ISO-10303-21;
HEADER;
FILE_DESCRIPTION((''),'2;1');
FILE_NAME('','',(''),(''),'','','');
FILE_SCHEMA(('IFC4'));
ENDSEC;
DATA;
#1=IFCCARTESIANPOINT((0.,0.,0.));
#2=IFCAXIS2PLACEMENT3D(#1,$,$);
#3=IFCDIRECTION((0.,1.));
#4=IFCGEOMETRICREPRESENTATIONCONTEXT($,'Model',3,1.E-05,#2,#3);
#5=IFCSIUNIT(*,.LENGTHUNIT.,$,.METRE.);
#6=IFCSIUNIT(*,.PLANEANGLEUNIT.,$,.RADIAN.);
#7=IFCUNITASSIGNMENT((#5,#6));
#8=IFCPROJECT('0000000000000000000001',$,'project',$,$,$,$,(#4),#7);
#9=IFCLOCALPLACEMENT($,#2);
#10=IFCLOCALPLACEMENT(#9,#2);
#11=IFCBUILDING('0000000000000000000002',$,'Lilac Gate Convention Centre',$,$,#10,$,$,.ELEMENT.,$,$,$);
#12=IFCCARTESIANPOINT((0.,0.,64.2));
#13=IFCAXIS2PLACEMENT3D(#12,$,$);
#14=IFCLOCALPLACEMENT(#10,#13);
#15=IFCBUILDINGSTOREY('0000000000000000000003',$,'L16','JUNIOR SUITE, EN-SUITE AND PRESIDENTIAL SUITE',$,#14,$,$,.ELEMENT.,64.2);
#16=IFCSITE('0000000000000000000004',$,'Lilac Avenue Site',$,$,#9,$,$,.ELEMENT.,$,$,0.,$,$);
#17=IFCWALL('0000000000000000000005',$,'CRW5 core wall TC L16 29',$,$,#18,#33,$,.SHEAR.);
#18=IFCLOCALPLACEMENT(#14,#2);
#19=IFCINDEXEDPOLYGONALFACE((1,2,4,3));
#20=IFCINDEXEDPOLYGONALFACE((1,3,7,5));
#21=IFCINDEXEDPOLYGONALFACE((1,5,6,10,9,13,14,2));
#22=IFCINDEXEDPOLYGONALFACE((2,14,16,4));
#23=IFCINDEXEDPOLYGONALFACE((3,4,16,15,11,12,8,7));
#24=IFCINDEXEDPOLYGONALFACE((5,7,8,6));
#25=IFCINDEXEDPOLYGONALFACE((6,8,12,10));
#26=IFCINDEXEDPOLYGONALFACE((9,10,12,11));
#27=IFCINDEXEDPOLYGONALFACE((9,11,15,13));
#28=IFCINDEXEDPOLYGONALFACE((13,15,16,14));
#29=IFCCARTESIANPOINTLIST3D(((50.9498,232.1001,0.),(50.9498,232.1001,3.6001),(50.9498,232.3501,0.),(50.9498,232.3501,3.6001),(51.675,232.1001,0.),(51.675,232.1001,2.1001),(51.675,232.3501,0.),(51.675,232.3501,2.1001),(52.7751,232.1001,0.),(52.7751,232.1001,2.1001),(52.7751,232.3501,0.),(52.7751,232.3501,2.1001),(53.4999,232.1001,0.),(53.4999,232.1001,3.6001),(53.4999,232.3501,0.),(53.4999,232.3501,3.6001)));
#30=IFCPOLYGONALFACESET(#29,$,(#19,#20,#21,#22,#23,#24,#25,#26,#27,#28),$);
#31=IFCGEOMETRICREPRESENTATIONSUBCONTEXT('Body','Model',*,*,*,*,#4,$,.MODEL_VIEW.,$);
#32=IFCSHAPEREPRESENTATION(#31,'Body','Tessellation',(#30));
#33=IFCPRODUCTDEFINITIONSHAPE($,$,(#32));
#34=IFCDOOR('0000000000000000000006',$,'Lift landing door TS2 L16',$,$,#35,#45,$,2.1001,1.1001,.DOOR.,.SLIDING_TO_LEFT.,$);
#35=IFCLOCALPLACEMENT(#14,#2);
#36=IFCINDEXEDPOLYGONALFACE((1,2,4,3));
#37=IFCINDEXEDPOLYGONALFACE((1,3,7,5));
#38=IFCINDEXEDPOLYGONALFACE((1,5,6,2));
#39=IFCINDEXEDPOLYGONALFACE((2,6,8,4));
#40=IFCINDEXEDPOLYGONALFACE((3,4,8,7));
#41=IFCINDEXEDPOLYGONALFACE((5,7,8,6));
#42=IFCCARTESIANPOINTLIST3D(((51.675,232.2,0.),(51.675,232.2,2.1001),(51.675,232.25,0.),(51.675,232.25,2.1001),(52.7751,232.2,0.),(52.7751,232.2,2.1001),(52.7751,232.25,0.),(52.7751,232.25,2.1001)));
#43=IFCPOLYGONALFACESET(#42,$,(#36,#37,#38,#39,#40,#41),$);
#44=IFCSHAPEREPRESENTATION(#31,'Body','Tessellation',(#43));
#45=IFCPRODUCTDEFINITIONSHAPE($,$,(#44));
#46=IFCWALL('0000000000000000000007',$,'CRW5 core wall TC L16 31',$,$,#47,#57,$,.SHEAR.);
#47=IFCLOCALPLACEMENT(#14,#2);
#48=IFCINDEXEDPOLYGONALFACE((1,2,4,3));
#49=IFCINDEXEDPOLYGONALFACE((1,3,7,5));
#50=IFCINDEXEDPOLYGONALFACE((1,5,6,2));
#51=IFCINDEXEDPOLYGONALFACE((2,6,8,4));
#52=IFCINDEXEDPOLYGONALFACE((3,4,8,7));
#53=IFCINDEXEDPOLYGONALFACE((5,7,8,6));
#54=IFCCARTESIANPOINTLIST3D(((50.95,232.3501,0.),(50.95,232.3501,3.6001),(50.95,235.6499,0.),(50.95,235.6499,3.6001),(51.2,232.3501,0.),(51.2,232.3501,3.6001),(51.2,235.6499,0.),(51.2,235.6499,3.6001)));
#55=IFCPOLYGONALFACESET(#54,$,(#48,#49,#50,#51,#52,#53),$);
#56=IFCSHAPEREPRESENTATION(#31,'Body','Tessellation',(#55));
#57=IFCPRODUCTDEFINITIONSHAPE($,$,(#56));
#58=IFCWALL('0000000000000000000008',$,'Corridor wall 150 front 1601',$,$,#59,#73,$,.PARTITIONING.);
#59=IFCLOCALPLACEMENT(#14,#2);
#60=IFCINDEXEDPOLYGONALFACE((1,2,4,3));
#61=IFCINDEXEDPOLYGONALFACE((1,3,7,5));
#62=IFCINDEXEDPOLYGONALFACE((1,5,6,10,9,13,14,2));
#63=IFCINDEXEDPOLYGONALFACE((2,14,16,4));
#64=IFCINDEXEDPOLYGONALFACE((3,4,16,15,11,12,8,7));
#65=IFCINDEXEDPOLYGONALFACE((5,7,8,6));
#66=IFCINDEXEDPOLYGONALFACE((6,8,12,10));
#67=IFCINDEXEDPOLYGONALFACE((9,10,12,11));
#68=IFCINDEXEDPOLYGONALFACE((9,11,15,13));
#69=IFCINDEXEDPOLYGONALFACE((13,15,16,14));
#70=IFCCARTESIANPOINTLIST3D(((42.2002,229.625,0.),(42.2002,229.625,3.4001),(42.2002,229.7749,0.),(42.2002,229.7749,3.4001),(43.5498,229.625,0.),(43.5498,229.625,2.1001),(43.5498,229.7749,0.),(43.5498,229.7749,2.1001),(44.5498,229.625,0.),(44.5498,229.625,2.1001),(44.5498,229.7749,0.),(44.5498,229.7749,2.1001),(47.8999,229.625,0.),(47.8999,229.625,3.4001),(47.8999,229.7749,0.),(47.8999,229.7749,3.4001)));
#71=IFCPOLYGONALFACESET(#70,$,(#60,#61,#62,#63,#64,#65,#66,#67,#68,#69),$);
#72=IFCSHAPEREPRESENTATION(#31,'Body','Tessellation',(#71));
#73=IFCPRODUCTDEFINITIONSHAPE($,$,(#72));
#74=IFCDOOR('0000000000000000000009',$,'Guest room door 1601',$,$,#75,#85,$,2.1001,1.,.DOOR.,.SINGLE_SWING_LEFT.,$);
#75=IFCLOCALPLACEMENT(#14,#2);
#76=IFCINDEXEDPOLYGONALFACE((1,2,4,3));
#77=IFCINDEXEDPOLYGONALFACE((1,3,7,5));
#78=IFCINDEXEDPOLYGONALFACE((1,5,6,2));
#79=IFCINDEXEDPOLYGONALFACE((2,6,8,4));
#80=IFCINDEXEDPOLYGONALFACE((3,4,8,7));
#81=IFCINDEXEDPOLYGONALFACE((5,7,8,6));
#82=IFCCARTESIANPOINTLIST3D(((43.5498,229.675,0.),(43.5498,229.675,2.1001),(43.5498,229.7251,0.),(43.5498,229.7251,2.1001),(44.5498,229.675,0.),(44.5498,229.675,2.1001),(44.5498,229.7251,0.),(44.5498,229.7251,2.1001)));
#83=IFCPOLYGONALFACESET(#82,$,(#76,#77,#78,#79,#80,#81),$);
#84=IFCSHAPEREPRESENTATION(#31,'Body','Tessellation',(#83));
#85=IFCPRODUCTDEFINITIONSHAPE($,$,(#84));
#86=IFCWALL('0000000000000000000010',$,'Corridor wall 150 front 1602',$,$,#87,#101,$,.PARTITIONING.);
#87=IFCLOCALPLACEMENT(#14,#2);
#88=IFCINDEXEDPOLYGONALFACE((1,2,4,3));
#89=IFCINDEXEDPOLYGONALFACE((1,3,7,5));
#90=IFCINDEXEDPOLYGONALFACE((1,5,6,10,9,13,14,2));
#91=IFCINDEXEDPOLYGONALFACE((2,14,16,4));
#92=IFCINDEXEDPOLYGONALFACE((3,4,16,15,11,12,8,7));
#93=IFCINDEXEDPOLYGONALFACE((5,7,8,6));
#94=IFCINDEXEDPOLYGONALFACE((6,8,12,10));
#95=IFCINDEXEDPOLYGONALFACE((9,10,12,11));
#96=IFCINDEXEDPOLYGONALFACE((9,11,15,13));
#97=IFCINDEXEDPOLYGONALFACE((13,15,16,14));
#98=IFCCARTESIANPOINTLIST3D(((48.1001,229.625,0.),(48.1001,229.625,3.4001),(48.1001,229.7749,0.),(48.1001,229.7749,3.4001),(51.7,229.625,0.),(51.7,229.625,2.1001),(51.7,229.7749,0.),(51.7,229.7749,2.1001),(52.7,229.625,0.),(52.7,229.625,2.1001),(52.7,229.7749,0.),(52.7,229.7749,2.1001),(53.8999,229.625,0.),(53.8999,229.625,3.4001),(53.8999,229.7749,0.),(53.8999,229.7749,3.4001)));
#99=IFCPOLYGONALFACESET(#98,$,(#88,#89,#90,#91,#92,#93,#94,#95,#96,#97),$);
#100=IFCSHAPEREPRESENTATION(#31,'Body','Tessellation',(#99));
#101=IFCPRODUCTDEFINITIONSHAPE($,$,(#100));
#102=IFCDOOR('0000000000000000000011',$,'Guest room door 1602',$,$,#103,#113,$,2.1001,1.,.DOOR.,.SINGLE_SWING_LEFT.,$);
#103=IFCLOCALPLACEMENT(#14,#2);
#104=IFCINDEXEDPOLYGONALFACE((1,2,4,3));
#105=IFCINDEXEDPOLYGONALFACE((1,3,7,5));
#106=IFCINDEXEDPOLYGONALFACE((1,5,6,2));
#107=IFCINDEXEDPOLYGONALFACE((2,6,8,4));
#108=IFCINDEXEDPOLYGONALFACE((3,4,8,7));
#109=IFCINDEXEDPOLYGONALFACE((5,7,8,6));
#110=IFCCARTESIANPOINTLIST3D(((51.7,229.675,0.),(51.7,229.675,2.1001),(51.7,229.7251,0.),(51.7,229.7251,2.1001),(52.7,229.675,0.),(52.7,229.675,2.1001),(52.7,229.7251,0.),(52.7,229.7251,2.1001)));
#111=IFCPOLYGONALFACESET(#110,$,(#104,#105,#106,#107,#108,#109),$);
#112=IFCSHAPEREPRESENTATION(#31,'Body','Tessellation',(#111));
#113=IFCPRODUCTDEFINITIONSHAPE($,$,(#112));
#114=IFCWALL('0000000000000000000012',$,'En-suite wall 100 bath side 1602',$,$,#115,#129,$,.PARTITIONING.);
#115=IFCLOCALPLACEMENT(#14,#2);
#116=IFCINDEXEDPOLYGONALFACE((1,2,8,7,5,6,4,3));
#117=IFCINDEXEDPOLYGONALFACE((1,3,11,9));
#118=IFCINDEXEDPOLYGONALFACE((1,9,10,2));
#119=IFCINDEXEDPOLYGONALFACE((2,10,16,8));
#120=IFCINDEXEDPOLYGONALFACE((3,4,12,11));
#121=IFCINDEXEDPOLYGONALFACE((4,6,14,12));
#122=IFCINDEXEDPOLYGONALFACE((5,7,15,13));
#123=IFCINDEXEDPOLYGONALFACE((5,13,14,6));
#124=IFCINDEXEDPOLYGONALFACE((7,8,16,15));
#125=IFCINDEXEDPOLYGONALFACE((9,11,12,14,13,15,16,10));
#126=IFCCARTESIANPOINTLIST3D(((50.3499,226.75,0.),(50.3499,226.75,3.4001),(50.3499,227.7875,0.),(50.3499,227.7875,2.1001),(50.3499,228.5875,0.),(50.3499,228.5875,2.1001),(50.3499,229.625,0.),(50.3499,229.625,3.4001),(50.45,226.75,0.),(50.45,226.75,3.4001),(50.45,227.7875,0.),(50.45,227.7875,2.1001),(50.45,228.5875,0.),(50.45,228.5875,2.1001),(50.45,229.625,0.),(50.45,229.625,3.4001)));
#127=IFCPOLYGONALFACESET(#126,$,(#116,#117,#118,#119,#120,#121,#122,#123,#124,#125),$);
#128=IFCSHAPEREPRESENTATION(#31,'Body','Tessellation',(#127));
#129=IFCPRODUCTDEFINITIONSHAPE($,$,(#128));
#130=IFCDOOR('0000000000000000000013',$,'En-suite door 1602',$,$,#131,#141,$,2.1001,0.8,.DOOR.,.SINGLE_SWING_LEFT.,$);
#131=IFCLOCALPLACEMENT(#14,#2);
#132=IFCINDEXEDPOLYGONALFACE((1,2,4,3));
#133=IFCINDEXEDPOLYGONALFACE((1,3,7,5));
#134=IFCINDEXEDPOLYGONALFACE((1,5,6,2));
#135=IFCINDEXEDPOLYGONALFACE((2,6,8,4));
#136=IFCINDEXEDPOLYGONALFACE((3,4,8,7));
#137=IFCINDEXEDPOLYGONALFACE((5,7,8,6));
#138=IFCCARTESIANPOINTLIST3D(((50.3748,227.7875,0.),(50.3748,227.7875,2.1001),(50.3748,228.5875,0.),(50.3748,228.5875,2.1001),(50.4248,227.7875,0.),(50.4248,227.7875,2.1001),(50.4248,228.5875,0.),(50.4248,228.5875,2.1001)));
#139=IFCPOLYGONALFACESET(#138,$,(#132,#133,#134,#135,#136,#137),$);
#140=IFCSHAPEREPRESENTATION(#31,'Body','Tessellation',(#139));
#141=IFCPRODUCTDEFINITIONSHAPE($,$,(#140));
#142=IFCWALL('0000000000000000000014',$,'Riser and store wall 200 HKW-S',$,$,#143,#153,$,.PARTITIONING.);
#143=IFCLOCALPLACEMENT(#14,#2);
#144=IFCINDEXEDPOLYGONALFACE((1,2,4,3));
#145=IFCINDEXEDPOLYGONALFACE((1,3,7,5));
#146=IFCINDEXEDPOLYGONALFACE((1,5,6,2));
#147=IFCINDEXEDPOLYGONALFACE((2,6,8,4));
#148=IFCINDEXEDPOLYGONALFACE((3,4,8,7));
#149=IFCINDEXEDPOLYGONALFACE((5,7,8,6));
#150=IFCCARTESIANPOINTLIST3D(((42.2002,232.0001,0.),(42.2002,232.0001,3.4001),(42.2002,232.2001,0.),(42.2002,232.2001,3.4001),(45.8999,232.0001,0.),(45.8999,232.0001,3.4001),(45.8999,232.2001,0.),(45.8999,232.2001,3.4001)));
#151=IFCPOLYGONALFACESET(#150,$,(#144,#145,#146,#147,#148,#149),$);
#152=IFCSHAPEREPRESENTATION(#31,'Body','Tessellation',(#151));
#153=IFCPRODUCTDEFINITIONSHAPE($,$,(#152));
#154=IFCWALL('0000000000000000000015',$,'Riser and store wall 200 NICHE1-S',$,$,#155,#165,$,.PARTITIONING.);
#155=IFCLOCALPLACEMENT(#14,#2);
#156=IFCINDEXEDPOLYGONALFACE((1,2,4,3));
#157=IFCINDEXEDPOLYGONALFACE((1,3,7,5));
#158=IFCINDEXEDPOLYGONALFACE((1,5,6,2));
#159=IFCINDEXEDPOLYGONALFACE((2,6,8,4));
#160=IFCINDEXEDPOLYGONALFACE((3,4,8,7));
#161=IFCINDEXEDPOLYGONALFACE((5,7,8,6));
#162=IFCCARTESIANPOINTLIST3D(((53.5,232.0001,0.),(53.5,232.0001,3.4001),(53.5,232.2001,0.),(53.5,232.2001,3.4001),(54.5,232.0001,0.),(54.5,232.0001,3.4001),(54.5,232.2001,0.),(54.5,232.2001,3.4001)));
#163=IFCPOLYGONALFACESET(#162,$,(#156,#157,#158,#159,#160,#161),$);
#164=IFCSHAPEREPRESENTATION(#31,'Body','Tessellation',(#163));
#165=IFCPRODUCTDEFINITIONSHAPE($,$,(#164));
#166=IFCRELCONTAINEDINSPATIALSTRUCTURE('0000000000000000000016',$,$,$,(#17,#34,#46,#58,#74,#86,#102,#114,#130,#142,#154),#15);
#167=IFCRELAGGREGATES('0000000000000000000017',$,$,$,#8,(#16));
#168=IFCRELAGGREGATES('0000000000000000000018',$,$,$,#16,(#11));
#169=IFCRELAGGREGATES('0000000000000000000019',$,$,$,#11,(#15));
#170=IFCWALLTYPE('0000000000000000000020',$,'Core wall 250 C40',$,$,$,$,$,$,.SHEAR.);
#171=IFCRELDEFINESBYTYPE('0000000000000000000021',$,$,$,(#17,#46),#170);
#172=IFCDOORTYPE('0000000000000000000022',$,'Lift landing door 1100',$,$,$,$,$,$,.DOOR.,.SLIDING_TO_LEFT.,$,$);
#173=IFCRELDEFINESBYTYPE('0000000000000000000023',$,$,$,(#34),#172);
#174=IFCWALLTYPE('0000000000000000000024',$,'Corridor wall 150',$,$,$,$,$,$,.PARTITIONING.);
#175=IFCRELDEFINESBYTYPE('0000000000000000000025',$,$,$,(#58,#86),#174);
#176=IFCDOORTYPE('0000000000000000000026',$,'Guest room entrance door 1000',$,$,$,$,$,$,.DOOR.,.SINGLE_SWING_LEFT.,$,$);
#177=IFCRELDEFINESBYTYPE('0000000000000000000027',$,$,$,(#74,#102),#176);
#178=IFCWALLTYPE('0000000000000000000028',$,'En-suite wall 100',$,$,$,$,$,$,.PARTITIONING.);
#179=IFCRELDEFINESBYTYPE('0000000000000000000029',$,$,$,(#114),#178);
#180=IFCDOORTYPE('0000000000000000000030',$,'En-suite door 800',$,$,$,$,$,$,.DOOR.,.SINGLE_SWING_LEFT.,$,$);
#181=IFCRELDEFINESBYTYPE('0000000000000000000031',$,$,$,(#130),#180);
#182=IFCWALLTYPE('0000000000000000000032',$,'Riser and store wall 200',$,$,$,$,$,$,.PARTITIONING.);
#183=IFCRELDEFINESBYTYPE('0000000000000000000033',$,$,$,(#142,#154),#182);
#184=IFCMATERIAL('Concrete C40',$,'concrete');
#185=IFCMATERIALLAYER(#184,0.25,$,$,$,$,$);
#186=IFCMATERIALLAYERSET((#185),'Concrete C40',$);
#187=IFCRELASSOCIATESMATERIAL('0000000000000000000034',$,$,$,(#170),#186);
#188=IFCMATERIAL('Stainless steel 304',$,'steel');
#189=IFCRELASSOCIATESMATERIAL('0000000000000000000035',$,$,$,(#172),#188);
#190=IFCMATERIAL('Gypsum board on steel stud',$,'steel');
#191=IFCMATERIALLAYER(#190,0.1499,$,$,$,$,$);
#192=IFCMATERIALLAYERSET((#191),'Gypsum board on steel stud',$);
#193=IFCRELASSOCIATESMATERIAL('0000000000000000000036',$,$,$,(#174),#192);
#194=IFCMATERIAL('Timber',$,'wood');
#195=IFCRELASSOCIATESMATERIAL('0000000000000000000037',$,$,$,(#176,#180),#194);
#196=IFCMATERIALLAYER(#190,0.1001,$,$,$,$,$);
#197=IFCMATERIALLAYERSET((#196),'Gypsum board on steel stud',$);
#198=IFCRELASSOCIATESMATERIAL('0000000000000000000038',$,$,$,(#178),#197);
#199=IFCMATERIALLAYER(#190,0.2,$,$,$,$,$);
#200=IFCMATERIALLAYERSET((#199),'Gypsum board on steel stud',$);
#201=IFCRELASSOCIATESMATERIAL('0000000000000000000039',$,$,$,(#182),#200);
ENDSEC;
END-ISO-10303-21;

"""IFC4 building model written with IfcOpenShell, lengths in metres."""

from ifc_helpers import new_model, si_unit, direction, frame, frame_2d, origin, place, context, subcontext, project, spatial, rectangle, extrude, material, layer, layer_set, type_object, element, fill, save


model = new_model("IFC4")

# Units and contexts
model_context = context("Model", 3, precision=1e-05, world=origin(), true_north=direction((0.0, 1.0)))
body_context = subcontext(model_context, "Body", "Model", "MODEL_VIEW")
ifc_project = project(units=[si_unit("LENGTHUNIT", "METRE"), si_unit("PLANEANGLEUNIT", "RADIAN")], contexts=[model_context])

# Site, building, storey
site_placement = place(None, origin())
site = spatial("IfcSite", under=ifc_project, at=site_placement, Name="Lilac Avenue Site", CompositionType="ELEMENT", RefElevation=0.0)
building_placement = place(site_placement, origin())
building = spatial("IfcBuilding", under=site, at=building_placement, Name="Lilac Gate Convention Centre", CompositionType="ELEMENT")
storey_placement = place(building_placement, frame((0.0, 0.0, 64.2)))
storey = spatial("IfcBuildingStorey", under=building, at=storey_placement, Name="L16", Description="JUNIOR SUITE, EN-SUITE AND PRESIDENTIAL SUITE", CompositionType="ELEMENT", Elevation=64.2)

# Shared definitions
ifc_material_1 = material(Name="Concrete C40", Category="concrete")
ifc_layer_1 = layer(ifc_material_1, 0.25)
ifc_layer_set_1 = layer_set([ifc_layer_1], Name="Concrete C40")
wall_type_1 = type_object("IfcWallType", Name="Core wall 250 C40", PredefinedType="SHEAR", material=ifc_layer_set_1)
ifc_material_2 = material(Name="Stainless steel 304", Category="steel")
door_type_1 = type_object("IfcDoorType", Name="Lift landing door 1100", OperationType="SLIDING_TO_LEFT", PredefinedType="DOOR", material=ifc_material_2)

# Wall, opening, door
wall_1_placement = place(storey_placement, frame((50.95, 232.2251, 0.0), z_axis=(0.0, 0.0, 1.0), x_axis=(1.0, 0.0, 0.0)))
wall_1 = element("IfcWall", 1, at=wall_1_placement, inside=storey, type_object=wall_type_1, Name="CRW5 core wall TC L16 29", PredefinedType="SHEAR", context=body_context, shape_type="SweptSolid", body=[
    extrude(rectangle(XDim=2.55, YDim=0.25, at=frame_2d((1.2749, 0.0))), origin(), (0.0, 0.0, 1.0), 3.6001),
])
opening_1_placement = place(wall_1_placement, frame((0.7251, 0.0, 0.0)))
opening_1 = element("IfcOpeningElement", 2, at=opening_1_placement, cuts=wall_1, PredefinedType="OPENING", context=body_context, shape_type="SweptSolid", body=[
    extrude(rectangle(XDim=1.1001, YDim=2.1001, at=frame_2d((0.55, 1.05))), frame((0.0, 0.135, 0.0), z_axis=(0.0, -1.0, 0.0), x_axis=(1.0, 0.0, 0.0)), (0.0, 0.0, 1.0), 0.27),
])
door_1_placement = place(opening_1_placement, origin())
door_1 = element("IfcDoor", 3, at=door_1_placement, inside=storey, type_object=door_type_1, Name="Lift landing door TS2 L16", OperationType="SLIDING_TO_LEFT", OverallHeight=2.1001, OverallWidth=1.1001, PredefinedType="DOOR", context=body_context, shape_type="SweptSolid", body=[
    extrude(rectangle(XDim=1.1001, YDim=2.1001, at=frame_2d((0.55, 1.05))), frame((0.0, 0.0249, 0.0), z_axis=(0.0, -1.0, 0.0), x_axis=(1.0, 0.0, 0.0)), (0.0, 0.0, 1.0), 0.05),
])
fill(opening_1, door_1)

# Wall
wall_2_placement = place(storey_placement, frame((51.075, 232.3501, 0.0), z_axis=(0.0, 0.0, 1.0), x_axis=(0.0, 1.0, 0.0)))
element("IfcWall", 4, at=wall_2_placement, inside=storey, type_object=wall_type_1, Name="CRW5 core wall TC L16 31", PredefinedType="SHEAR", context=body_context, shape_type="SweptSolid", body=[
    extrude(rectangle(XDim=3.2998, YDim=0.25, at=frame_2d((1.6499, 0.0))), origin(), (0.0, 0.0, 1.0), 3.6001),
])

# Walls, openings, doors
ifc_material_3 = material(Name="Gypsum board on steel stud", Category="steel")
ifc_layer_2 = layer(ifc_material_3, 0.1499)
ifc_layer_set_2 = layer_set([ifc_layer_2], Name="Gypsum board on steel stud")
wall_type_2 = type_object("IfcWallType", Name="Corridor wall 150", PredefinedType="PARTITIONING", material=ifc_layer_set_2)
wall_3_placement = place(storey_placement, frame((47.8999, 229.7, 0.0), z_axis=(0.0, 0.0, 1.0), x_axis=(-1.0, 0.0, 0.0)))
wall_3 = element("IfcWall", 5, at=wall_3_placement, inside=storey, type_object=wall_type_2, Name="Corridor wall 150 front 1601", PredefinedType="PARTITIONING", context=body_context, shape_type="SweptSolid", body=[
    extrude(rectangle(XDim=5.6997, YDim=0.1499, at=frame_2d((2.8499, 0.0))), origin(), (0.0, 0.0, 1.0), 3.4001),
])
opening_2_placement = place(wall_3_placement, frame((3.3501, 0.0, 0.0)))
opening_2 = element("IfcOpeningElement", 6, at=opening_2_placement, cuts=wall_3, PredefinedType="OPENING", context=body_context, shape_type="SweptSolid", body=[
    extrude(rectangle(XDim=1.0, YDim=2.1001, at=frame_2d((0.5, 1.05))), frame((0.0, 0.085, 0.0), z_axis=(0.0, -1.0, 0.0), x_axis=(1.0, 0.0, 0.0)), (0.0, 0.0, 1.0), 0.1699),
])
ifc_material_4 = material(Name="Timber", Category="wood")
door_type_2 = type_object("IfcDoorType", Name="Guest room entrance door 1000", OperationType="SINGLE_SWING_LEFT", PredefinedType="DOOR", material=ifc_material_4)
door_2_placement = place(opening_2_placement, origin())
door_2 = element("IfcDoor", 7, at=door_2_placement, inside=storey, type_object=door_type_2, Name="Guest room door 1601", OperationType="SINGLE_SWING_LEFT", OverallHeight=2.1001, OverallWidth=1.0, PredefinedType="DOOR", context=body_context, shape_type="SweptSolid", body=[
    extrude(rectangle(XDim=1.0, YDim=2.1001, at=frame_2d((0.5, 1.05))), frame((0.0, 0.0249, 0.0), z_axis=(0.0, -1.0, 0.0), x_axis=(1.0, 0.0, 0.0)), (0.0, 0.0, 1.0), 0.05),
])
fill(opening_2, door_2)
wall_4_placement = place(storey_placement, frame((53.8999, 229.7, 0.0), z_axis=(0.0, 0.0, 1.0), x_axis=(-1.0, 0.0, 0.0)))
wall_4 = element("IfcWall", 8, at=wall_4_placement, inside=storey, type_object=wall_type_2, Name="Corridor wall 150 front 1602", PredefinedType="PARTITIONING", context=body_context, shape_type="SweptSolid", body=[
    extrude(rectangle(XDim=5.7998, YDim=0.1499, at=frame_2d((2.8999, 0.0))), origin(), (0.0, 0.0, 1.0), 3.4001),
])
opening_3_placement = place(wall_4_placement, frame((1.2, 0.0, 0.0)))
opening_3 = element("IfcOpeningElement", 9, at=opening_3_placement, cuts=wall_4, PredefinedType="OPENING", context=body_context, shape_type="SweptSolid", body=[
    extrude(rectangle(XDim=1.0, YDim=2.1001, at=frame_2d((0.5, 1.05))), frame((0.0, 0.085, 0.0), z_axis=(0.0, -1.0, 0.0), x_axis=(1.0, 0.0, 0.0)), (0.0, 0.0, 1.0), 0.1699),
])
door_3_placement = place(opening_3_placement, origin())
door_3 = element("IfcDoor", 10, at=door_3_placement, inside=storey, type_object=door_type_2, Name="Guest room door 1602", OperationType="SINGLE_SWING_LEFT", OverallHeight=2.1001, OverallWidth=1.0, PredefinedType="DOOR", context=body_context, shape_type="SweptSolid", body=[
    extrude(rectangle(XDim=1.0, YDim=2.1001, at=frame_2d((0.5, 1.05))), frame((0.0, 0.0249, 0.0), z_axis=(0.0, -1.0, 0.0), x_axis=(1.0, 0.0, 0.0)), (0.0, 0.0, 1.0), 0.05),
])
fill(opening_3, door_3)
ifc_layer_3 = layer(ifc_material_3, 0.1001)
ifc_layer_set_3 = layer_set([ifc_layer_3], Name="Gypsum board on steel stud")
wall_type_3 = type_object("IfcWallType", Name="En-suite wall 100", PredefinedType="PARTITIONING", material=ifc_layer_set_3)
wall_5_placement = place(storey_placement, frame((50.3999, 229.625, 0.0), z_axis=(0.0, 0.0, 1.0), x_axis=(0.0, -1.0, 0.0)))
wall_5 = element("IfcWall", 11, at=wall_5_placement, inside=storey, type_object=wall_type_3, Name="En-suite wall 100 bath side 1602", PredefinedType="PARTITIONING", context=body_context, shape_type="SweptSolid", body=[
    extrude(rectangle(XDim=2.875, YDim=0.1001, at=frame_2d((1.4375, 0.0))), origin(), (0.0, 0.0, 1.0), 3.4001),
])
opening_4_placement = place(wall_5_placement, frame((1.0376, 0.0, 0.0)))
opening_4 = element("IfcOpeningElement", 12, at=opening_4_placement, cuts=wall_5, PredefinedType="OPENING", context=body_context, shape_type="SweptSolid", body=[
    extrude(rectangle(XDim=0.8, YDim=2.1001, at=frame_2d((0.3999, 1.05))), frame((0.0, 0.0601, 0.0), z_axis=(0.0, -1.0, 0.0), x_axis=(1.0, 0.0, 0.0)), (0.0, 0.0, 1.0), 0.1201),
])
door_type_3 = type_object("IfcDoorType", Name="En-suite door 800", OperationType="SINGLE_SWING_LEFT", PredefinedType="DOOR", material=ifc_material_4)
door_4_placement = place(opening_4_placement, origin())
door_4 = element("IfcDoor", 13, at=door_4_placement, inside=storey, type_object=door_type_3, Name="En-suite door 1602", OperationType="SINGLE_SWING_LEFT", OverallHeight=2.1001, OverallWidth=0.8, PredefinedType="DOOR", context=body_context, shape_type="SweptSolid", body=[
    extrude(rectangle(XDim=0.8, YDim=2.1001, at=frame_2d((0.3999, 1.05))), frame((0.0, 0.0249, 0.0), z_axis=(0.0, -1.0, 0.0), x_axis=(1.0, 0.0, 0.0)), (0.0, 0.0, 1.0), 0.05),
])
fill(opening_4, door_4)

# Walls
ifc_layer_4 = layer(ifc_material_3, 0.2)
ifc_layer_set_4 = layer_set([ifc_layer_4], Name="Gypsum board on steel stud")
wall_type_4 = type_object("IfcWallType", Name="Riser and store wall 200", PredefinedType="PARTITIONING", material=ifc_layer_set_4)
wall_6_placement = place(storey_placement, frame((42.2002, 232.1001, 0.0), z_axis=(0.0, 0.0, 1.0), x_axis=(1.0, 0.0, 0.0)))
element("IfcWall", 14, at=wall_6_placement, inside=storey, type_object=wall_type_4, Name="Riser and store wall 200 HKW-S", PredefinedType="PARTITIONING", context=body_context, shape_type="SweptSolid", body=[
    extrude(rectangle(XDim=3.6997, YDim=0.2, at=frame_2d((1.8499, 0.0))), origin(), (0.0, 0.0, 1.0), 3.4001),
])
wall_7_placement = place(storey_placement, frame((53.5, 232.1001, 0.0), z_axis=(0.0, 0.0, 1.0), x_axis=(1.0, 0.0, 0.0)))
element("IfcWall", 15, at=wall_7_placement, inside=storey, type_object=wall_type_4, Name="Riser and store wall 200 NICHE1-S", PredefinedType="PARTITIONING", context=body_context, shape_type="SweptSolid", body=[
    extrude(rectangle(XDim=1.0, YDim=0.2, at=frame_2d((0.5, 0.0))), origin(), (0.0, 0.0, 1.0), 3.4001),
])

save(model, "model.ifc")
